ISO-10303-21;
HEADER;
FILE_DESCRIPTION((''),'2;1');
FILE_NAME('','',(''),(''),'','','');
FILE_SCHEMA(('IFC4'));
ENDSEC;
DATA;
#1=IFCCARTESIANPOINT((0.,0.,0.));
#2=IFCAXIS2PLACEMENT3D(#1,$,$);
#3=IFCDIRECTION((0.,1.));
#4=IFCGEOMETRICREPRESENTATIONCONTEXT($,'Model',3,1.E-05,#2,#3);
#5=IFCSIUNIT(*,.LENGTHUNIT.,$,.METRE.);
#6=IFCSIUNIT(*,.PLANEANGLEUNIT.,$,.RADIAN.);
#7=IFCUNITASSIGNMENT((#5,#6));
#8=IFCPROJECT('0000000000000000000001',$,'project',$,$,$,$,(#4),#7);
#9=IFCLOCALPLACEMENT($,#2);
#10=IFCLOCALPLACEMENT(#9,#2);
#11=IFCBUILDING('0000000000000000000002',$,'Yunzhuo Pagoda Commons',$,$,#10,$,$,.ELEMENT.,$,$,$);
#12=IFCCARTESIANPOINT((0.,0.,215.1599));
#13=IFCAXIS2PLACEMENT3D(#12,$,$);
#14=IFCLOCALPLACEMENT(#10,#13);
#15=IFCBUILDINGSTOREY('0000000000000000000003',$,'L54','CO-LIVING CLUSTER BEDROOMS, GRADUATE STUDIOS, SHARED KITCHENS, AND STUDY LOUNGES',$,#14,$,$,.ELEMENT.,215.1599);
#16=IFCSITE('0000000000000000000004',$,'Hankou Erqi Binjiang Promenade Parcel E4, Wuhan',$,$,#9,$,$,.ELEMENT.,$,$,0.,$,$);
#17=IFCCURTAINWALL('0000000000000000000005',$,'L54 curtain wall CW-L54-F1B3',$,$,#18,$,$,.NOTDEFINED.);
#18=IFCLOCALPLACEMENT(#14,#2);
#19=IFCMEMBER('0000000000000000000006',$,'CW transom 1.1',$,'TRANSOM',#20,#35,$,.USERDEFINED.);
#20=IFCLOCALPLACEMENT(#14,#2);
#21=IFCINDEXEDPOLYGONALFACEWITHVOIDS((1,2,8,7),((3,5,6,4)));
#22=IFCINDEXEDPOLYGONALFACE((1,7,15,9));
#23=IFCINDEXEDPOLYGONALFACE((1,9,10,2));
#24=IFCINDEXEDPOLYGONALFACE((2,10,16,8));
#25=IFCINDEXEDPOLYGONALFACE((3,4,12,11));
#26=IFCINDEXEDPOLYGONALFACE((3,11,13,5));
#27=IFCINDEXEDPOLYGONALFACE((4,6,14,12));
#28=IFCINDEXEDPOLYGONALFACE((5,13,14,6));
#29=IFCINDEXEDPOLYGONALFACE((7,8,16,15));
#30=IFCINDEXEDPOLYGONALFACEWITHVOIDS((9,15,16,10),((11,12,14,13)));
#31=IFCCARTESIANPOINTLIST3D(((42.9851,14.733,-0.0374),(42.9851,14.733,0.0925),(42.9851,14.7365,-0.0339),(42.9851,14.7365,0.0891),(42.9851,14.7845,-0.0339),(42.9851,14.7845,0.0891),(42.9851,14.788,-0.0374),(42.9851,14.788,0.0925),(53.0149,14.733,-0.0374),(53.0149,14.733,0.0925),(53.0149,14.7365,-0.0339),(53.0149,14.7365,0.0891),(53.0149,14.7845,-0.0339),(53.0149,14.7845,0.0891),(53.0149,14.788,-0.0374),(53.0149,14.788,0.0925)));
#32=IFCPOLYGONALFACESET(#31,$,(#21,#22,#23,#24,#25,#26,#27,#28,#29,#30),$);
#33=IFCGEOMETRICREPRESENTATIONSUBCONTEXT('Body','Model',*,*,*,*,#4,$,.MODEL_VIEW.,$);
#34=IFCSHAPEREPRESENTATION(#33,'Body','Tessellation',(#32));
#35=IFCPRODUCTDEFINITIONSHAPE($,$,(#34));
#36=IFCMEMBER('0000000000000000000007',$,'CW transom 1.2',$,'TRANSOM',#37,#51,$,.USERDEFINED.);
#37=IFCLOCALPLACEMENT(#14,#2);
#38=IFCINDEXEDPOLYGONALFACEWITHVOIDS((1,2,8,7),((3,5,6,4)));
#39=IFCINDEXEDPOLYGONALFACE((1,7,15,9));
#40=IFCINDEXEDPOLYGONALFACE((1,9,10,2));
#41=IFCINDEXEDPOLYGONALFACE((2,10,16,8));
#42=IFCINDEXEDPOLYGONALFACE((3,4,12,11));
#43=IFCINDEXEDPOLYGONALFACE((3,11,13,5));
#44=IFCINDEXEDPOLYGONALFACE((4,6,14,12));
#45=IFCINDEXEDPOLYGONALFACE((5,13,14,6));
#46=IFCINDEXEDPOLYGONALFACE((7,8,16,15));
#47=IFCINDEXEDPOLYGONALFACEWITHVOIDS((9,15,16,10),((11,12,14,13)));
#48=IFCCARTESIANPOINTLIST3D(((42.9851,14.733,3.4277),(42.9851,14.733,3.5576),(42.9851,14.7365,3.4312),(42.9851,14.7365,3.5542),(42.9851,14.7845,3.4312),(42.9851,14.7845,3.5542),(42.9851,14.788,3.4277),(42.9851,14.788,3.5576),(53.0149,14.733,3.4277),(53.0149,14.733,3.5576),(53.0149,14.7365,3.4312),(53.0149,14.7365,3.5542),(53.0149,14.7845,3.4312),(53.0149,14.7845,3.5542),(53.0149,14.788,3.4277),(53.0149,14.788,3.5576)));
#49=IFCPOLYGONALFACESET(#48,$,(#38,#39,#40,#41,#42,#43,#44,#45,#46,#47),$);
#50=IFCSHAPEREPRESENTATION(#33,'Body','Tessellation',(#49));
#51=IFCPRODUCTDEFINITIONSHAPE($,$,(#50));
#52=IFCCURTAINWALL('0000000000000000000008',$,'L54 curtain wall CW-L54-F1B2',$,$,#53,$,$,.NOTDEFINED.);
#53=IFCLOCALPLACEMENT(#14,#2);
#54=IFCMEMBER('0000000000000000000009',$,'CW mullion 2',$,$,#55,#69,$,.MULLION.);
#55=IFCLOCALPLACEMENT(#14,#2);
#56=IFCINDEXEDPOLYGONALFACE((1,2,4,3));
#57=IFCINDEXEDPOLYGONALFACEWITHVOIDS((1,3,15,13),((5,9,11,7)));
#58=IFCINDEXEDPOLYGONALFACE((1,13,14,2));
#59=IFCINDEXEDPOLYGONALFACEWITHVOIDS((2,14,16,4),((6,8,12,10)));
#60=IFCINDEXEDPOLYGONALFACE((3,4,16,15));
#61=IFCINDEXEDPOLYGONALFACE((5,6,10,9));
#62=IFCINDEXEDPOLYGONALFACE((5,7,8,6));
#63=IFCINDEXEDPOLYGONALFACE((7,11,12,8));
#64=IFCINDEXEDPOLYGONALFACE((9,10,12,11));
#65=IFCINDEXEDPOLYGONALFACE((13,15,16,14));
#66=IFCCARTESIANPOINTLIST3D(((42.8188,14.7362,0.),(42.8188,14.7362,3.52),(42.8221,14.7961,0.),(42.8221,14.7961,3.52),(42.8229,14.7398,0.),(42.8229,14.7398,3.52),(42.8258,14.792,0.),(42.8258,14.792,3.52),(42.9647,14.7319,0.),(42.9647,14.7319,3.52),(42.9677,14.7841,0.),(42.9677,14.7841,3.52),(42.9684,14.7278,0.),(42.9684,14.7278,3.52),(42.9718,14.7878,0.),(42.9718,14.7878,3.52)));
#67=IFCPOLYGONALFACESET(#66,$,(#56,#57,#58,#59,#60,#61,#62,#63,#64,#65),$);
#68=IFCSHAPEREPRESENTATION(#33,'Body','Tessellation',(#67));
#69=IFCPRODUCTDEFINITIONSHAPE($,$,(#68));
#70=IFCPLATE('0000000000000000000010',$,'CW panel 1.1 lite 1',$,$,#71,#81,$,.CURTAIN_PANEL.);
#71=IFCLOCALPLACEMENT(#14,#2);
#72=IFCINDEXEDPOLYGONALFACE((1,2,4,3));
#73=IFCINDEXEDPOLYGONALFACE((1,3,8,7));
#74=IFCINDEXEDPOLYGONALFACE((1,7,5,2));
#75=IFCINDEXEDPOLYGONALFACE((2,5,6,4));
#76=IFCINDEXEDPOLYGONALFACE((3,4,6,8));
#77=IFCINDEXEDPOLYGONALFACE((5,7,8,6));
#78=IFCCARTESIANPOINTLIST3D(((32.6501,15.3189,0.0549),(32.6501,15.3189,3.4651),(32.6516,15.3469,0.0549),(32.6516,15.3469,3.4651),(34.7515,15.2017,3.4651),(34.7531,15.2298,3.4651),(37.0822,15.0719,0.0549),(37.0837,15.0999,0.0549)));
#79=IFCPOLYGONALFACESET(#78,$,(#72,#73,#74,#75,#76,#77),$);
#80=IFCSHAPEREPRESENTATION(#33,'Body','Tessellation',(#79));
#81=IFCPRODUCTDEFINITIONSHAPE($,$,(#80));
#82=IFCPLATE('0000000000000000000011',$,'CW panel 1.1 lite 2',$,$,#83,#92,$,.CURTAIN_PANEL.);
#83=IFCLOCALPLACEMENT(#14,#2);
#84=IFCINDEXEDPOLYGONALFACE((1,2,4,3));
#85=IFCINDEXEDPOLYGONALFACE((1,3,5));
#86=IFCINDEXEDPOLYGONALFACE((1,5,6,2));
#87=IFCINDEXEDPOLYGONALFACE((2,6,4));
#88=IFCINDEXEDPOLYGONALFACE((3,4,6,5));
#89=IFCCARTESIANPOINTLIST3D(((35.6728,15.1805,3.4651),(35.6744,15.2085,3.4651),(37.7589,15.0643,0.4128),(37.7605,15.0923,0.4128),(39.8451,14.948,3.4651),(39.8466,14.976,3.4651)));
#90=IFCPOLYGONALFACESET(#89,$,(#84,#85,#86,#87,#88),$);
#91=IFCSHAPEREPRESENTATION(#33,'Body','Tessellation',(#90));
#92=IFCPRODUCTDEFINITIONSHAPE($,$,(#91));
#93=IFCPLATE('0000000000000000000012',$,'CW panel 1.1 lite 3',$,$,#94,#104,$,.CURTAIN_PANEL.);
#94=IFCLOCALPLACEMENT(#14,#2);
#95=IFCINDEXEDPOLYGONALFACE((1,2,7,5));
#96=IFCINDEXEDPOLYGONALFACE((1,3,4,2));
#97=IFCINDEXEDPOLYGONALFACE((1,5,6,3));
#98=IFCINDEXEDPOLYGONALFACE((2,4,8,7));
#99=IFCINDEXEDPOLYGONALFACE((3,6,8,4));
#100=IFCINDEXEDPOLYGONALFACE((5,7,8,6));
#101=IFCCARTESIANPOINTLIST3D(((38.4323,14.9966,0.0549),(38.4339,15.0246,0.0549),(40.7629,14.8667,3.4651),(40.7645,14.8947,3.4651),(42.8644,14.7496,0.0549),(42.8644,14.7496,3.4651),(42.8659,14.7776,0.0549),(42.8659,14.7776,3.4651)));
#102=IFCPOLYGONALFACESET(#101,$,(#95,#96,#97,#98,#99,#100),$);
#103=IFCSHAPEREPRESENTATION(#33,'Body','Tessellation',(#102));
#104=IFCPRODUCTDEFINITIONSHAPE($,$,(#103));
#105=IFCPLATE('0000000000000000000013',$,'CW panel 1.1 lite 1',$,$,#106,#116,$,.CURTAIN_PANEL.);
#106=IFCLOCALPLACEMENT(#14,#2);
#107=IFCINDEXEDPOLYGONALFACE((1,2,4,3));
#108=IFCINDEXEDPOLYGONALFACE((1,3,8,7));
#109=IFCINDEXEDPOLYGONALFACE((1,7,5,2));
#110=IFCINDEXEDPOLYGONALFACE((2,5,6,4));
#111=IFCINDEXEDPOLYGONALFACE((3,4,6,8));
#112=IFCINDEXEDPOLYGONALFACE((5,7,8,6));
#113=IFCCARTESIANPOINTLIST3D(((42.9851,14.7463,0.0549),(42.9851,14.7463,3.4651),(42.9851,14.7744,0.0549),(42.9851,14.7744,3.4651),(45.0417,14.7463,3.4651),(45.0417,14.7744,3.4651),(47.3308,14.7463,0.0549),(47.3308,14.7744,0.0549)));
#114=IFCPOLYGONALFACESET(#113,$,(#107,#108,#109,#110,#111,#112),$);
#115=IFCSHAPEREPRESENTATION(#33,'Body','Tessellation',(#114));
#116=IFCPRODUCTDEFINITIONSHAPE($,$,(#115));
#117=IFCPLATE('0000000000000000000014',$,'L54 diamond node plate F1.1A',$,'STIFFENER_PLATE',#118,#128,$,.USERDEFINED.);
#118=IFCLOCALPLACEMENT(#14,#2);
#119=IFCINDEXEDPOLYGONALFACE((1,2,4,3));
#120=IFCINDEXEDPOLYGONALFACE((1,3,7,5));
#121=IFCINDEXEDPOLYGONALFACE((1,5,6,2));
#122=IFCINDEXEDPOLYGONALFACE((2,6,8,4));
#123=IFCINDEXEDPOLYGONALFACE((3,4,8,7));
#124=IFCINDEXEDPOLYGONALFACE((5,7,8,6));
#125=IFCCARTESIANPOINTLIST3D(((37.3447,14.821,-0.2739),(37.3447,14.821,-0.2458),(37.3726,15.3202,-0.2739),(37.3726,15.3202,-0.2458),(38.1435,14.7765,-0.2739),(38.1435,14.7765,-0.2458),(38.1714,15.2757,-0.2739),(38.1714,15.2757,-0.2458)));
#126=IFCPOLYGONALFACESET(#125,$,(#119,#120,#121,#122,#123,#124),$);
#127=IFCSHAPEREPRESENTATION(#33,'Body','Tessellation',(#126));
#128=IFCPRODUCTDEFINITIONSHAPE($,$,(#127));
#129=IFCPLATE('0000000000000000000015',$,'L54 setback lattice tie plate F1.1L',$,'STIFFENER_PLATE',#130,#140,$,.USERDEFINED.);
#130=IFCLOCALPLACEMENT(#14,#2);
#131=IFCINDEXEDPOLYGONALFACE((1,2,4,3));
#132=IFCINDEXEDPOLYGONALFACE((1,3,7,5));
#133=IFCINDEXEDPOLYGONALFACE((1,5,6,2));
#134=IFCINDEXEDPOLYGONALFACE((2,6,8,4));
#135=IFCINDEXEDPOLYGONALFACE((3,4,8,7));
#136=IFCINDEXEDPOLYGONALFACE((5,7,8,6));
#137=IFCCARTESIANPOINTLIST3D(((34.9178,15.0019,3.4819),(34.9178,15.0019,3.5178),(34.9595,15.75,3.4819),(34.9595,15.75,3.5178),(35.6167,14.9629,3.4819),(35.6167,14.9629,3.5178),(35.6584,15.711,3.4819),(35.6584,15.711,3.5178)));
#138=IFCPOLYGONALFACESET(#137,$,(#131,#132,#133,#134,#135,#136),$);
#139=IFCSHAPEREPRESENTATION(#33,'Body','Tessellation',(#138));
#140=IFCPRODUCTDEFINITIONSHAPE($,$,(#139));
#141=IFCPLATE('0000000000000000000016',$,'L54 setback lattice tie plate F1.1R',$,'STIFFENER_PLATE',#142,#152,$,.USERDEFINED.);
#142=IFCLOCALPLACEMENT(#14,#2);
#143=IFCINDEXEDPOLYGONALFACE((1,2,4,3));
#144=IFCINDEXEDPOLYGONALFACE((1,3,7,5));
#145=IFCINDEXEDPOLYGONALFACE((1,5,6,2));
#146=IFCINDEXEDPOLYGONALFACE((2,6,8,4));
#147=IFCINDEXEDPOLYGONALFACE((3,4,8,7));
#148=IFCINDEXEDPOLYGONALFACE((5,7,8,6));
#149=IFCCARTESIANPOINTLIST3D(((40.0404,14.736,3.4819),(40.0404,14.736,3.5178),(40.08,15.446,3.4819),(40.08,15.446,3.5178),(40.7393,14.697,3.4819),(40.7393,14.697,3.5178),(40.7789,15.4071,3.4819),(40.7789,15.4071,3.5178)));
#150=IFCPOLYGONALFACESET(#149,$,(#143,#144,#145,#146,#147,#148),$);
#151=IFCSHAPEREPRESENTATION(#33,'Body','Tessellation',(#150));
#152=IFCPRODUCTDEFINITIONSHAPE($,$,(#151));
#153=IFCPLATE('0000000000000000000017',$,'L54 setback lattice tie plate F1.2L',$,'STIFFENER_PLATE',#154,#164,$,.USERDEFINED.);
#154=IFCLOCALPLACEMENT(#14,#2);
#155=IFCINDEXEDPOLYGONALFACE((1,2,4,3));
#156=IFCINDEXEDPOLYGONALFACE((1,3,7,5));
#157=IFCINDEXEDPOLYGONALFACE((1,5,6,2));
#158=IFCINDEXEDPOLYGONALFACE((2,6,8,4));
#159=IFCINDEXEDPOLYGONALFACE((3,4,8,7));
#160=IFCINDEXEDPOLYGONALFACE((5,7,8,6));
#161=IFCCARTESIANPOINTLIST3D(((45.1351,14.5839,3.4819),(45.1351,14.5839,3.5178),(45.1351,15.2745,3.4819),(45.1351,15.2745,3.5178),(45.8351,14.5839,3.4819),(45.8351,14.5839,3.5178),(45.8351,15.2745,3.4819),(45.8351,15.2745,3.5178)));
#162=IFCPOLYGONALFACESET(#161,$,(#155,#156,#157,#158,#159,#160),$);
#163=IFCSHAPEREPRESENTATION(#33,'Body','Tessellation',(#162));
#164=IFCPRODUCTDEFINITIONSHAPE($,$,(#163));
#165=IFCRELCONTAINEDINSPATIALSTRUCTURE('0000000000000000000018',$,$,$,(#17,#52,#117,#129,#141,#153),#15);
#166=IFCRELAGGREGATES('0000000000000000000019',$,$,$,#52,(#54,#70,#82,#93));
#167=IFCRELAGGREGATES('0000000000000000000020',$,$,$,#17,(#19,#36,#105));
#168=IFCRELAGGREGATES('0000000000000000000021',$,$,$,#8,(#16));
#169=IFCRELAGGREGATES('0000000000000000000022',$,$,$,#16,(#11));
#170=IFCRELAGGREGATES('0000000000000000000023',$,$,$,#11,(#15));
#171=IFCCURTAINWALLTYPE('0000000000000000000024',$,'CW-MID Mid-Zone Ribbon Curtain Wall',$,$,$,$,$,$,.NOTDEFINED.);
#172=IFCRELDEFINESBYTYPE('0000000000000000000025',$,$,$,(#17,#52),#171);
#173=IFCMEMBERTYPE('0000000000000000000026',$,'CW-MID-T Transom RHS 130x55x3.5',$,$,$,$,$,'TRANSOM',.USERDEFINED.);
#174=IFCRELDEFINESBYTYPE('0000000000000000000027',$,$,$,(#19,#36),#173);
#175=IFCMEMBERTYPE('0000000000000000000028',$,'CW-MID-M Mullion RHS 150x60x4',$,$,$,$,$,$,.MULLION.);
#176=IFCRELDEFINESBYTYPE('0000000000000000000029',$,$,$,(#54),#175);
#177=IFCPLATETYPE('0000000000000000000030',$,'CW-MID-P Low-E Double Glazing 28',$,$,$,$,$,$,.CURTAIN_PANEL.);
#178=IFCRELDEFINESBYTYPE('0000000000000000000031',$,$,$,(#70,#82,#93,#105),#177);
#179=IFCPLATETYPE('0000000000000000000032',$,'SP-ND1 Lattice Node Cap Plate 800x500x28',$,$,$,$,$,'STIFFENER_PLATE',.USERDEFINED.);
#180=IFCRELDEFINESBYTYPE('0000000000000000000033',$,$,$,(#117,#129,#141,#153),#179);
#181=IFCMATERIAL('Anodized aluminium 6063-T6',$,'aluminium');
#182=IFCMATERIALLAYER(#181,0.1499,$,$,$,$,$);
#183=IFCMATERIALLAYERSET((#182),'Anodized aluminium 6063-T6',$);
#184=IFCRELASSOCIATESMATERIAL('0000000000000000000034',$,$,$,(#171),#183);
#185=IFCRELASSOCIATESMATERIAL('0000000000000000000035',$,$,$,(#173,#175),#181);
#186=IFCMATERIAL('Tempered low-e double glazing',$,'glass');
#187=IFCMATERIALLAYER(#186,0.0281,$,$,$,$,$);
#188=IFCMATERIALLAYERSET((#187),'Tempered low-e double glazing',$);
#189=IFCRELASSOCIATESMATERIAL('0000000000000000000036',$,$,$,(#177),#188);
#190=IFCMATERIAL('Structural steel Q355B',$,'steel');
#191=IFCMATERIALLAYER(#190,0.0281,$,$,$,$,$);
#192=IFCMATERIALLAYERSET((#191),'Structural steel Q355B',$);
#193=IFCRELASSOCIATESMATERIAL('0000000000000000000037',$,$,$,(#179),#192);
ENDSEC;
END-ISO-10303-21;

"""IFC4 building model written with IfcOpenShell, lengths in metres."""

from ifc_helpers import new_model, si_unit, direction, frame, origin, origin_2d, place, context, subcontext, project, spatial, polyline, rectangle, hollow_rectangle, outline, extrude, source, transform, mapped, material, layer, layer_set, material_profile, profile_set, type_object, element, aggregate, save


model = new_model("IFC4")

# Units and contexts
model_context = context("Model", 3, precision=1e-05, world=origin(), true_north=direction((0.0, 1.0)))
body_context = subcontext(model_context, "Body", "Model", "MODEL_VIEW")
ifc_project = project(units=[si_unit("LENGTHUNIT", "METRE"), si_unit("PLANEANGLEUNIT", "RADIAN")], contexts=[model_context])

# Site, building, storey
site_placement = place(None, origin())
site = spatial("IfcSite", under=ifc_project, at=site_placement, Name="Hankou Erqi Binjiang Promenade Parcel E4, Wuhan", CompositionType="ELEMENT", RefElevation=0.0)
building_placement = place(site_placement, origin())
building = spatial("IfcBuilding", under=site, at=building_placement, Name="Yunzhuo Pagoda Commons", CompositionType="ELEMENT")
storey_placement = place(building_placement, frame((0.0, 0.0, 215.1599)))
storey = spatial("IfcBuildingStorey", under=building, at=storey_placement, Name="L54", Description="CO-LIVING CLUSTER BEDROOMS, GRADUATE STUDIOS, SHARED KITCHENS, AND STUDY LOUNGES", CompositionType="ELEMENT", Elevation=215.1599)

# Shared definitions
ifc_material_1 = material(Name="Structural steel Q355B", Category="steel")

# Curtain wall, members
ifc_material_2 = material(Name="Anodized aluminium 6063-T6", Category="aluminium")
ifc_layer_1 = layer(ifc_material_2, 0.1499)
ifc_layer_set_1 = layer_set([ifc_layer_1], Name="Anodized aluminium 6063-T6")
curtain_wall_type = type_object("IfcCurtainWallType", Name="CW-MID Mid-Zone Ribbon Curtain Wall", PredefinedType="NOTDEFINED", material=ifc_layer_set_1)
curtain_wall_1_placement = place(storey_placement, origin())
curtain_wall_1 = element("IfcCurtainWall", 1, at=curtain_wall_1_placement, inside=storey, type_object=curtain_wall_type, Name="L54 curtain wall CW-L54-F1B3", PredefinedType="NOTDEFINED")
ifc_material_profile_1 = material_profile(ifc_material_2, hollow_rectangle(XDim=0.0549, YDim=0.1299, WallThickness=0.0034, at=origin_2d()), Name="Anodized aluminium 6063-T6")
ifc_profile_set_1 = profile_set([ifc_material_profile_1], Name="Anodized aluminium 6063-T6")
member_type_1 = type_object("IfcMemberType", Name="CW-MID-T Transom RHS 130x55x3.5", ElementType="TRANSOM", PredefinedType="USERDEFINED", material=ifc_profile_set_1)
shared_shape_1 = source(origin(), body_context, "Body", "SweptSolid", [
    extrude(hollow_rectangle(XDim=0.0549, YDim=0.1299, WallThickness=0.0034, at=origin_2d()), origin(), (0.0, 0.0, 1.0), 10.0298),
])
member_1_placement = place(storey_placement, frame((42.9851, 14.7605, 0.0276), z_axis=(1.0, 0.0, 0.0), x_axis=(0.0, 1.0, 0.0)))
member_1 = element("IfcMember", 2, at=member_1_placement, type_object=member_type_1, Name="CW transom 1.1", ObjectType="TRANSOM", PredefinedType="USERDEFINED", context=body_context, shape_type="MappedRepresentation", body=[
    mapped(shared_shape_1, transform((0.0, 0.0, 0.0), scale=1.0)),
])
member_2_placement = place(storey_placement, frame((42.9851, 14.7605, 3.4927), z_axis=(1.0, 0.0, 0.0), x_axis=(0.0, 1.0, 0.0)))
member_2 = element("IfcMember", 3, at=member_2_placement, type_object=member_type_1, Name="CW transom 1.2", ObjectType="TRANSOM", PredefinedType="USERDEFINED", context=body_context, shape_type="MappedRepresentation", body=[
    mapped(shared_shape_1, transform((0.0, 0.0, 0.0), scale=1.0)),
])

# Curtain wall, member, plates
curtain_wall_2_placement = place(storey_placement, origin())
curtain_wall_2 = element("IfcCurtainWall", 4, at=curtain_wall_2_placement, inside=storey, type_object=curtain_wall_type, Name="L54 curtain wall CW-L54-F1B2", PredefinedType="NOTDEFINED")
ifc_material_profile_2 = material_profile(ifc_material_2, hollow_rectangle(XDim=0.0601, YDim=0.1499, WallThickness=0.0039, at=origin_2d()), Name="Anodized aluminium 6063-T6")
ifc_profile_set_2 = profile_set([ifc_material_profile_2], Name="Anodized aluminium 6063-T6")
member_type_2 = type_object("IfcMemberType", Name="CW-MID-M Mullion RHS 150x60x4", PredefinedType="MULLION", material=ifc_profile_set_2)
shared_shape_2 = source(origin(), body_context, "Body", "SweptSolid", [
    extrude(hollow_rectangle(XDim=0.0601, YDim=0.1499, WallThickness=0.0039, at=origin_2d()), origin(), (0.0, 0.0, 1.0), 3.52),
])
member_3_placement = place(storey_placement, frame((42.8953, 14.762, 0.0), z_axis=(0.0, 0.0, 1.0), x_axis=(0.055642, 0.998451, 0.0)))
member_3 = element("IfcMember", 5, at=member_3_placement, type_object=member_type_2, Name="CW mullion 2", PredefinedType="MULLION", context=body_context, shape_type="MappedRepresentation", body=[
    mapped(shared_shape_2, transform((0.0, 0.0, 0.0), scale=1.0)),
])
ifc_material_3 = material(Name="Tempered low-e double glazing", Category="glass")
ifc_layer_2 = layer(ifc_material_3, 0.0281)
ifc_layer_set_2 = layer_set([ifc_layer_2], Name="Tempered low-e double glazing")
plate_type_1 = type_object("IfcPlateType", Name="CW-MID-P Low-E Double Glazing 28", PredefinedType="CURTAIN_PANEL", material=ifc_layer_set_2)
plate_1_placement = place(storey_placement, frame((34.8677, 15.2234, 1.76), z_axis=(-0.055642, -0.998451, 0.0), x_axis=(0.998451, -0.055642, 0.0)))
plate_1 = element("IfcPlate", 6, at=plate_1_placement, type_object=plate_type_1, Name="CW panel 1.1 lite 1", PredefinedType="CURTAIN_PANEL", context=body_context, shape_type="SweptSolid", body=[
    extrude(outline(polyline([(-2.2195, -1.7051), (2.2195, -1.7051), (-0.1147, 1.7051), (-2.2195, 1.7051), (-2.2195, -1.7051)])), origin(), (0.0, 0.0, 1.0), 0.0281),
])
plate_2_placement = place(storey_placement, frame((37.7605, 15.0923, 1.939), z_axis=(-0.055642, -0.998451, 0.0), x_axis=(0.998451, -0.055642, 0.0)))
plate_2 = element("IfcPlate", 7, at=plate_2_placement, type_object=plate_type_1, Name="CW panel 1.1 lite 2", PredefinedType="CURTAIN_PANEL", context=body_context, shape_type="SweptSolid", body=[
    extrude(outline(polyline([(-2.0894, 1.5261), (0.0, -1.5261), (2.0894, 1.5261), (-2.0894, 1.5261)])), origin(), (0.0, 0.0, 1.0), 0.0281),
])
plate_3_placement = place(storey_placement, frame((40.6499, 14.9011, 1.76), z_axis=(-0.055642, -0.998451, 0.0), x_axis=(0.998451, -0.055642, 0.0)))
plate_3 = element("IfcPlate", 8, at=plate_3_placement, type_object=plate_type_1, Name="CW panel 1.1 lite 3", PredefinedType="CURTAIN_PANEL", context=body_context, shape_type="SweptSolid", body=[
    extrude(outline(polyline([(-2.2195, -1.7051), (2.2195, -1.7051), (2.2195, 1.7051), (0.1147, 1.7051), (-2.2195, -1.7051)])), origin(), (0.0, 0.0, 1.0), 0.0281),
])
aggregate(curtain_wall_2, [member_3, plate_1, plate_2, plate_3])

# Plate
plate_4_placement = place(storey_placement, frame((45.158, 14.7744, 1.76), z_axis=(0.0, -1.0, 0.0), x_axis=(1.0, 0.0, 0.0)))
plate_4 = element("IfcPlate", 9, at=plate_4_placement, type_object=plate_type_1, Name="CW panel 1.1 lite 1", PredefinedType="CURTAIN_PANEL", context=body_context, shape_type="SweptSolid", body=[
    extrude(outline(polyline([(-2.1729, -1.7051), (2.1729, -1.7051), (-0.1162, 1.7051), (-2.1729, 1.7051), (-2.1729, -1.7051)])), origin(), (0.0, 0.0, 1.0), 0.0281),
])
aggregate(curtain_wall_1, [member_1, member_2, plate_4])

# Plates
ifc_layer_3 = layer(ifc_material_1, 0.0281)
ifc_layer_set_3 = layer_set([ifc_layer_3], Name="Structural steel Q355B")
plate_type_2 = type_object("IfcPlateType", Name="SP-ND1 Lattice Node Cap Plate 800x500x28", ElementType="STIFFENER_PLATE", PredefinedType="USERDEFINED", material=ifc_layer_set_3)
shared_shape_3 = source(origin(), body_context, "Body", "SweptSolid", [
    extrude(rectangle(XDim=0.8, YDim=0.5, at=origin_2d()), origin(), (0.0, 0.0, 1.0), 0.0281),
])
plate_5_placement = place(storey_placement, frame((37.7581, 15.0483, -0.2739), z_axis=(0.0, 0.0, 1.0), x_axis=(0.99845, -0.055647, 0.0)))
element("IfcPlate", 10, at=plate_5_placement, inside=storey, type_object=plate_type_2, Name="L54 diamond node plate F1.1A", ObjectType="STIFFENER_PLATE", PredefinedType="USERDEFINED", context=body_context, shape_type="MappedRepresentation", body=[
    mapped(shared_shape_3, transform((0.0, 0.0, 0.0), scale=1.0)),
])
shared_shape_4 = source(origin(), body_context, "Body", "SweptSolid", [
    extrude(rectangle(XDim=0.7, YDim=0.7493, at=origin_2d()), origin(), (0.0, 0.0, 1.0), 0.0359),
])
plate_6_placement = place(storey_placement, frame((35.2881, 15.3564, 3.4819), z_axis=(0.0, 0.0, 1.0), x_axis=(0.99845, -0.055647, 0.0)))
element("IfcPlate", 11, at=plate_6_placement, inside=storey, type_object=plate_type_2, Name="L54 setback lattice tie plate F1.1L", ObjectType="STIFFENER_PLATE", PredefinedType="USERDEFINED", context=body_context, shape_type="MappedRepresentation", body=[
    mapped(shared_shape_4, transform((0.0, 0.0, 0.0), scale=1.0)),
])
shared_shape_5 = source(origin(), body_context, "Body", "SweptSolid", [
    extrude(rectangle(XDim=0.7, YDim=0.7112, at=origin_2d()), origin(), (0.0, 0.0, 1.0), 0.0359),
])
plate_7_placement = place(storey_placement, frame((40.4097, 15.0715, 3.4819), z_axis=(0.0, 0.0, 1.0), x_axis=(0.99845, -0.055647, 0.0)))
element("IfcPlate", 12, at=plate_7_placement, inside=storey, type_object=plate_type_2, Name="L54 setback lattice tie plate F1.1R", ObjectType="STIFFENER_PLATE", PredefinedType="USERDEFINED", context=body_context, shape_type="MappedRepresentation", body=[
    mapped(shared_shape_5, transform((0.0, 0.0, 0.0), scale=1.0)),
])
shared_shape_6 = source(origin(), body_context, "Body", "SweptSolid", [
    extrude(rectangle(XDim=0.7, YDim=0.6907, at=origin_2d()), origin(), (0.0, 0.0, 1.0), 0.0359),
])
plate_8_placement = place(storey_placement, frame((45.4851, 14.9292, 3.4819), z_axis=(0.0, 0.0, 1.0), x_axis=(1.0, 0.0, 0.0)))
element("IfcPlate", 13, at=plate_8_placement, inside=storey, type_object=plate_type_2, Name="L54 setback lattice tie plate F1.2L", ObjectType="STIFFENER_PLATE", PredefinedType="USERDEFINED", context=body_context, shape_type="MappedRepresentation", body=[
    mapped(shared_shape_6, transform((0.0, 0.0, 0.0), scale=1.0)),
])

save(model, "model.ifc")
